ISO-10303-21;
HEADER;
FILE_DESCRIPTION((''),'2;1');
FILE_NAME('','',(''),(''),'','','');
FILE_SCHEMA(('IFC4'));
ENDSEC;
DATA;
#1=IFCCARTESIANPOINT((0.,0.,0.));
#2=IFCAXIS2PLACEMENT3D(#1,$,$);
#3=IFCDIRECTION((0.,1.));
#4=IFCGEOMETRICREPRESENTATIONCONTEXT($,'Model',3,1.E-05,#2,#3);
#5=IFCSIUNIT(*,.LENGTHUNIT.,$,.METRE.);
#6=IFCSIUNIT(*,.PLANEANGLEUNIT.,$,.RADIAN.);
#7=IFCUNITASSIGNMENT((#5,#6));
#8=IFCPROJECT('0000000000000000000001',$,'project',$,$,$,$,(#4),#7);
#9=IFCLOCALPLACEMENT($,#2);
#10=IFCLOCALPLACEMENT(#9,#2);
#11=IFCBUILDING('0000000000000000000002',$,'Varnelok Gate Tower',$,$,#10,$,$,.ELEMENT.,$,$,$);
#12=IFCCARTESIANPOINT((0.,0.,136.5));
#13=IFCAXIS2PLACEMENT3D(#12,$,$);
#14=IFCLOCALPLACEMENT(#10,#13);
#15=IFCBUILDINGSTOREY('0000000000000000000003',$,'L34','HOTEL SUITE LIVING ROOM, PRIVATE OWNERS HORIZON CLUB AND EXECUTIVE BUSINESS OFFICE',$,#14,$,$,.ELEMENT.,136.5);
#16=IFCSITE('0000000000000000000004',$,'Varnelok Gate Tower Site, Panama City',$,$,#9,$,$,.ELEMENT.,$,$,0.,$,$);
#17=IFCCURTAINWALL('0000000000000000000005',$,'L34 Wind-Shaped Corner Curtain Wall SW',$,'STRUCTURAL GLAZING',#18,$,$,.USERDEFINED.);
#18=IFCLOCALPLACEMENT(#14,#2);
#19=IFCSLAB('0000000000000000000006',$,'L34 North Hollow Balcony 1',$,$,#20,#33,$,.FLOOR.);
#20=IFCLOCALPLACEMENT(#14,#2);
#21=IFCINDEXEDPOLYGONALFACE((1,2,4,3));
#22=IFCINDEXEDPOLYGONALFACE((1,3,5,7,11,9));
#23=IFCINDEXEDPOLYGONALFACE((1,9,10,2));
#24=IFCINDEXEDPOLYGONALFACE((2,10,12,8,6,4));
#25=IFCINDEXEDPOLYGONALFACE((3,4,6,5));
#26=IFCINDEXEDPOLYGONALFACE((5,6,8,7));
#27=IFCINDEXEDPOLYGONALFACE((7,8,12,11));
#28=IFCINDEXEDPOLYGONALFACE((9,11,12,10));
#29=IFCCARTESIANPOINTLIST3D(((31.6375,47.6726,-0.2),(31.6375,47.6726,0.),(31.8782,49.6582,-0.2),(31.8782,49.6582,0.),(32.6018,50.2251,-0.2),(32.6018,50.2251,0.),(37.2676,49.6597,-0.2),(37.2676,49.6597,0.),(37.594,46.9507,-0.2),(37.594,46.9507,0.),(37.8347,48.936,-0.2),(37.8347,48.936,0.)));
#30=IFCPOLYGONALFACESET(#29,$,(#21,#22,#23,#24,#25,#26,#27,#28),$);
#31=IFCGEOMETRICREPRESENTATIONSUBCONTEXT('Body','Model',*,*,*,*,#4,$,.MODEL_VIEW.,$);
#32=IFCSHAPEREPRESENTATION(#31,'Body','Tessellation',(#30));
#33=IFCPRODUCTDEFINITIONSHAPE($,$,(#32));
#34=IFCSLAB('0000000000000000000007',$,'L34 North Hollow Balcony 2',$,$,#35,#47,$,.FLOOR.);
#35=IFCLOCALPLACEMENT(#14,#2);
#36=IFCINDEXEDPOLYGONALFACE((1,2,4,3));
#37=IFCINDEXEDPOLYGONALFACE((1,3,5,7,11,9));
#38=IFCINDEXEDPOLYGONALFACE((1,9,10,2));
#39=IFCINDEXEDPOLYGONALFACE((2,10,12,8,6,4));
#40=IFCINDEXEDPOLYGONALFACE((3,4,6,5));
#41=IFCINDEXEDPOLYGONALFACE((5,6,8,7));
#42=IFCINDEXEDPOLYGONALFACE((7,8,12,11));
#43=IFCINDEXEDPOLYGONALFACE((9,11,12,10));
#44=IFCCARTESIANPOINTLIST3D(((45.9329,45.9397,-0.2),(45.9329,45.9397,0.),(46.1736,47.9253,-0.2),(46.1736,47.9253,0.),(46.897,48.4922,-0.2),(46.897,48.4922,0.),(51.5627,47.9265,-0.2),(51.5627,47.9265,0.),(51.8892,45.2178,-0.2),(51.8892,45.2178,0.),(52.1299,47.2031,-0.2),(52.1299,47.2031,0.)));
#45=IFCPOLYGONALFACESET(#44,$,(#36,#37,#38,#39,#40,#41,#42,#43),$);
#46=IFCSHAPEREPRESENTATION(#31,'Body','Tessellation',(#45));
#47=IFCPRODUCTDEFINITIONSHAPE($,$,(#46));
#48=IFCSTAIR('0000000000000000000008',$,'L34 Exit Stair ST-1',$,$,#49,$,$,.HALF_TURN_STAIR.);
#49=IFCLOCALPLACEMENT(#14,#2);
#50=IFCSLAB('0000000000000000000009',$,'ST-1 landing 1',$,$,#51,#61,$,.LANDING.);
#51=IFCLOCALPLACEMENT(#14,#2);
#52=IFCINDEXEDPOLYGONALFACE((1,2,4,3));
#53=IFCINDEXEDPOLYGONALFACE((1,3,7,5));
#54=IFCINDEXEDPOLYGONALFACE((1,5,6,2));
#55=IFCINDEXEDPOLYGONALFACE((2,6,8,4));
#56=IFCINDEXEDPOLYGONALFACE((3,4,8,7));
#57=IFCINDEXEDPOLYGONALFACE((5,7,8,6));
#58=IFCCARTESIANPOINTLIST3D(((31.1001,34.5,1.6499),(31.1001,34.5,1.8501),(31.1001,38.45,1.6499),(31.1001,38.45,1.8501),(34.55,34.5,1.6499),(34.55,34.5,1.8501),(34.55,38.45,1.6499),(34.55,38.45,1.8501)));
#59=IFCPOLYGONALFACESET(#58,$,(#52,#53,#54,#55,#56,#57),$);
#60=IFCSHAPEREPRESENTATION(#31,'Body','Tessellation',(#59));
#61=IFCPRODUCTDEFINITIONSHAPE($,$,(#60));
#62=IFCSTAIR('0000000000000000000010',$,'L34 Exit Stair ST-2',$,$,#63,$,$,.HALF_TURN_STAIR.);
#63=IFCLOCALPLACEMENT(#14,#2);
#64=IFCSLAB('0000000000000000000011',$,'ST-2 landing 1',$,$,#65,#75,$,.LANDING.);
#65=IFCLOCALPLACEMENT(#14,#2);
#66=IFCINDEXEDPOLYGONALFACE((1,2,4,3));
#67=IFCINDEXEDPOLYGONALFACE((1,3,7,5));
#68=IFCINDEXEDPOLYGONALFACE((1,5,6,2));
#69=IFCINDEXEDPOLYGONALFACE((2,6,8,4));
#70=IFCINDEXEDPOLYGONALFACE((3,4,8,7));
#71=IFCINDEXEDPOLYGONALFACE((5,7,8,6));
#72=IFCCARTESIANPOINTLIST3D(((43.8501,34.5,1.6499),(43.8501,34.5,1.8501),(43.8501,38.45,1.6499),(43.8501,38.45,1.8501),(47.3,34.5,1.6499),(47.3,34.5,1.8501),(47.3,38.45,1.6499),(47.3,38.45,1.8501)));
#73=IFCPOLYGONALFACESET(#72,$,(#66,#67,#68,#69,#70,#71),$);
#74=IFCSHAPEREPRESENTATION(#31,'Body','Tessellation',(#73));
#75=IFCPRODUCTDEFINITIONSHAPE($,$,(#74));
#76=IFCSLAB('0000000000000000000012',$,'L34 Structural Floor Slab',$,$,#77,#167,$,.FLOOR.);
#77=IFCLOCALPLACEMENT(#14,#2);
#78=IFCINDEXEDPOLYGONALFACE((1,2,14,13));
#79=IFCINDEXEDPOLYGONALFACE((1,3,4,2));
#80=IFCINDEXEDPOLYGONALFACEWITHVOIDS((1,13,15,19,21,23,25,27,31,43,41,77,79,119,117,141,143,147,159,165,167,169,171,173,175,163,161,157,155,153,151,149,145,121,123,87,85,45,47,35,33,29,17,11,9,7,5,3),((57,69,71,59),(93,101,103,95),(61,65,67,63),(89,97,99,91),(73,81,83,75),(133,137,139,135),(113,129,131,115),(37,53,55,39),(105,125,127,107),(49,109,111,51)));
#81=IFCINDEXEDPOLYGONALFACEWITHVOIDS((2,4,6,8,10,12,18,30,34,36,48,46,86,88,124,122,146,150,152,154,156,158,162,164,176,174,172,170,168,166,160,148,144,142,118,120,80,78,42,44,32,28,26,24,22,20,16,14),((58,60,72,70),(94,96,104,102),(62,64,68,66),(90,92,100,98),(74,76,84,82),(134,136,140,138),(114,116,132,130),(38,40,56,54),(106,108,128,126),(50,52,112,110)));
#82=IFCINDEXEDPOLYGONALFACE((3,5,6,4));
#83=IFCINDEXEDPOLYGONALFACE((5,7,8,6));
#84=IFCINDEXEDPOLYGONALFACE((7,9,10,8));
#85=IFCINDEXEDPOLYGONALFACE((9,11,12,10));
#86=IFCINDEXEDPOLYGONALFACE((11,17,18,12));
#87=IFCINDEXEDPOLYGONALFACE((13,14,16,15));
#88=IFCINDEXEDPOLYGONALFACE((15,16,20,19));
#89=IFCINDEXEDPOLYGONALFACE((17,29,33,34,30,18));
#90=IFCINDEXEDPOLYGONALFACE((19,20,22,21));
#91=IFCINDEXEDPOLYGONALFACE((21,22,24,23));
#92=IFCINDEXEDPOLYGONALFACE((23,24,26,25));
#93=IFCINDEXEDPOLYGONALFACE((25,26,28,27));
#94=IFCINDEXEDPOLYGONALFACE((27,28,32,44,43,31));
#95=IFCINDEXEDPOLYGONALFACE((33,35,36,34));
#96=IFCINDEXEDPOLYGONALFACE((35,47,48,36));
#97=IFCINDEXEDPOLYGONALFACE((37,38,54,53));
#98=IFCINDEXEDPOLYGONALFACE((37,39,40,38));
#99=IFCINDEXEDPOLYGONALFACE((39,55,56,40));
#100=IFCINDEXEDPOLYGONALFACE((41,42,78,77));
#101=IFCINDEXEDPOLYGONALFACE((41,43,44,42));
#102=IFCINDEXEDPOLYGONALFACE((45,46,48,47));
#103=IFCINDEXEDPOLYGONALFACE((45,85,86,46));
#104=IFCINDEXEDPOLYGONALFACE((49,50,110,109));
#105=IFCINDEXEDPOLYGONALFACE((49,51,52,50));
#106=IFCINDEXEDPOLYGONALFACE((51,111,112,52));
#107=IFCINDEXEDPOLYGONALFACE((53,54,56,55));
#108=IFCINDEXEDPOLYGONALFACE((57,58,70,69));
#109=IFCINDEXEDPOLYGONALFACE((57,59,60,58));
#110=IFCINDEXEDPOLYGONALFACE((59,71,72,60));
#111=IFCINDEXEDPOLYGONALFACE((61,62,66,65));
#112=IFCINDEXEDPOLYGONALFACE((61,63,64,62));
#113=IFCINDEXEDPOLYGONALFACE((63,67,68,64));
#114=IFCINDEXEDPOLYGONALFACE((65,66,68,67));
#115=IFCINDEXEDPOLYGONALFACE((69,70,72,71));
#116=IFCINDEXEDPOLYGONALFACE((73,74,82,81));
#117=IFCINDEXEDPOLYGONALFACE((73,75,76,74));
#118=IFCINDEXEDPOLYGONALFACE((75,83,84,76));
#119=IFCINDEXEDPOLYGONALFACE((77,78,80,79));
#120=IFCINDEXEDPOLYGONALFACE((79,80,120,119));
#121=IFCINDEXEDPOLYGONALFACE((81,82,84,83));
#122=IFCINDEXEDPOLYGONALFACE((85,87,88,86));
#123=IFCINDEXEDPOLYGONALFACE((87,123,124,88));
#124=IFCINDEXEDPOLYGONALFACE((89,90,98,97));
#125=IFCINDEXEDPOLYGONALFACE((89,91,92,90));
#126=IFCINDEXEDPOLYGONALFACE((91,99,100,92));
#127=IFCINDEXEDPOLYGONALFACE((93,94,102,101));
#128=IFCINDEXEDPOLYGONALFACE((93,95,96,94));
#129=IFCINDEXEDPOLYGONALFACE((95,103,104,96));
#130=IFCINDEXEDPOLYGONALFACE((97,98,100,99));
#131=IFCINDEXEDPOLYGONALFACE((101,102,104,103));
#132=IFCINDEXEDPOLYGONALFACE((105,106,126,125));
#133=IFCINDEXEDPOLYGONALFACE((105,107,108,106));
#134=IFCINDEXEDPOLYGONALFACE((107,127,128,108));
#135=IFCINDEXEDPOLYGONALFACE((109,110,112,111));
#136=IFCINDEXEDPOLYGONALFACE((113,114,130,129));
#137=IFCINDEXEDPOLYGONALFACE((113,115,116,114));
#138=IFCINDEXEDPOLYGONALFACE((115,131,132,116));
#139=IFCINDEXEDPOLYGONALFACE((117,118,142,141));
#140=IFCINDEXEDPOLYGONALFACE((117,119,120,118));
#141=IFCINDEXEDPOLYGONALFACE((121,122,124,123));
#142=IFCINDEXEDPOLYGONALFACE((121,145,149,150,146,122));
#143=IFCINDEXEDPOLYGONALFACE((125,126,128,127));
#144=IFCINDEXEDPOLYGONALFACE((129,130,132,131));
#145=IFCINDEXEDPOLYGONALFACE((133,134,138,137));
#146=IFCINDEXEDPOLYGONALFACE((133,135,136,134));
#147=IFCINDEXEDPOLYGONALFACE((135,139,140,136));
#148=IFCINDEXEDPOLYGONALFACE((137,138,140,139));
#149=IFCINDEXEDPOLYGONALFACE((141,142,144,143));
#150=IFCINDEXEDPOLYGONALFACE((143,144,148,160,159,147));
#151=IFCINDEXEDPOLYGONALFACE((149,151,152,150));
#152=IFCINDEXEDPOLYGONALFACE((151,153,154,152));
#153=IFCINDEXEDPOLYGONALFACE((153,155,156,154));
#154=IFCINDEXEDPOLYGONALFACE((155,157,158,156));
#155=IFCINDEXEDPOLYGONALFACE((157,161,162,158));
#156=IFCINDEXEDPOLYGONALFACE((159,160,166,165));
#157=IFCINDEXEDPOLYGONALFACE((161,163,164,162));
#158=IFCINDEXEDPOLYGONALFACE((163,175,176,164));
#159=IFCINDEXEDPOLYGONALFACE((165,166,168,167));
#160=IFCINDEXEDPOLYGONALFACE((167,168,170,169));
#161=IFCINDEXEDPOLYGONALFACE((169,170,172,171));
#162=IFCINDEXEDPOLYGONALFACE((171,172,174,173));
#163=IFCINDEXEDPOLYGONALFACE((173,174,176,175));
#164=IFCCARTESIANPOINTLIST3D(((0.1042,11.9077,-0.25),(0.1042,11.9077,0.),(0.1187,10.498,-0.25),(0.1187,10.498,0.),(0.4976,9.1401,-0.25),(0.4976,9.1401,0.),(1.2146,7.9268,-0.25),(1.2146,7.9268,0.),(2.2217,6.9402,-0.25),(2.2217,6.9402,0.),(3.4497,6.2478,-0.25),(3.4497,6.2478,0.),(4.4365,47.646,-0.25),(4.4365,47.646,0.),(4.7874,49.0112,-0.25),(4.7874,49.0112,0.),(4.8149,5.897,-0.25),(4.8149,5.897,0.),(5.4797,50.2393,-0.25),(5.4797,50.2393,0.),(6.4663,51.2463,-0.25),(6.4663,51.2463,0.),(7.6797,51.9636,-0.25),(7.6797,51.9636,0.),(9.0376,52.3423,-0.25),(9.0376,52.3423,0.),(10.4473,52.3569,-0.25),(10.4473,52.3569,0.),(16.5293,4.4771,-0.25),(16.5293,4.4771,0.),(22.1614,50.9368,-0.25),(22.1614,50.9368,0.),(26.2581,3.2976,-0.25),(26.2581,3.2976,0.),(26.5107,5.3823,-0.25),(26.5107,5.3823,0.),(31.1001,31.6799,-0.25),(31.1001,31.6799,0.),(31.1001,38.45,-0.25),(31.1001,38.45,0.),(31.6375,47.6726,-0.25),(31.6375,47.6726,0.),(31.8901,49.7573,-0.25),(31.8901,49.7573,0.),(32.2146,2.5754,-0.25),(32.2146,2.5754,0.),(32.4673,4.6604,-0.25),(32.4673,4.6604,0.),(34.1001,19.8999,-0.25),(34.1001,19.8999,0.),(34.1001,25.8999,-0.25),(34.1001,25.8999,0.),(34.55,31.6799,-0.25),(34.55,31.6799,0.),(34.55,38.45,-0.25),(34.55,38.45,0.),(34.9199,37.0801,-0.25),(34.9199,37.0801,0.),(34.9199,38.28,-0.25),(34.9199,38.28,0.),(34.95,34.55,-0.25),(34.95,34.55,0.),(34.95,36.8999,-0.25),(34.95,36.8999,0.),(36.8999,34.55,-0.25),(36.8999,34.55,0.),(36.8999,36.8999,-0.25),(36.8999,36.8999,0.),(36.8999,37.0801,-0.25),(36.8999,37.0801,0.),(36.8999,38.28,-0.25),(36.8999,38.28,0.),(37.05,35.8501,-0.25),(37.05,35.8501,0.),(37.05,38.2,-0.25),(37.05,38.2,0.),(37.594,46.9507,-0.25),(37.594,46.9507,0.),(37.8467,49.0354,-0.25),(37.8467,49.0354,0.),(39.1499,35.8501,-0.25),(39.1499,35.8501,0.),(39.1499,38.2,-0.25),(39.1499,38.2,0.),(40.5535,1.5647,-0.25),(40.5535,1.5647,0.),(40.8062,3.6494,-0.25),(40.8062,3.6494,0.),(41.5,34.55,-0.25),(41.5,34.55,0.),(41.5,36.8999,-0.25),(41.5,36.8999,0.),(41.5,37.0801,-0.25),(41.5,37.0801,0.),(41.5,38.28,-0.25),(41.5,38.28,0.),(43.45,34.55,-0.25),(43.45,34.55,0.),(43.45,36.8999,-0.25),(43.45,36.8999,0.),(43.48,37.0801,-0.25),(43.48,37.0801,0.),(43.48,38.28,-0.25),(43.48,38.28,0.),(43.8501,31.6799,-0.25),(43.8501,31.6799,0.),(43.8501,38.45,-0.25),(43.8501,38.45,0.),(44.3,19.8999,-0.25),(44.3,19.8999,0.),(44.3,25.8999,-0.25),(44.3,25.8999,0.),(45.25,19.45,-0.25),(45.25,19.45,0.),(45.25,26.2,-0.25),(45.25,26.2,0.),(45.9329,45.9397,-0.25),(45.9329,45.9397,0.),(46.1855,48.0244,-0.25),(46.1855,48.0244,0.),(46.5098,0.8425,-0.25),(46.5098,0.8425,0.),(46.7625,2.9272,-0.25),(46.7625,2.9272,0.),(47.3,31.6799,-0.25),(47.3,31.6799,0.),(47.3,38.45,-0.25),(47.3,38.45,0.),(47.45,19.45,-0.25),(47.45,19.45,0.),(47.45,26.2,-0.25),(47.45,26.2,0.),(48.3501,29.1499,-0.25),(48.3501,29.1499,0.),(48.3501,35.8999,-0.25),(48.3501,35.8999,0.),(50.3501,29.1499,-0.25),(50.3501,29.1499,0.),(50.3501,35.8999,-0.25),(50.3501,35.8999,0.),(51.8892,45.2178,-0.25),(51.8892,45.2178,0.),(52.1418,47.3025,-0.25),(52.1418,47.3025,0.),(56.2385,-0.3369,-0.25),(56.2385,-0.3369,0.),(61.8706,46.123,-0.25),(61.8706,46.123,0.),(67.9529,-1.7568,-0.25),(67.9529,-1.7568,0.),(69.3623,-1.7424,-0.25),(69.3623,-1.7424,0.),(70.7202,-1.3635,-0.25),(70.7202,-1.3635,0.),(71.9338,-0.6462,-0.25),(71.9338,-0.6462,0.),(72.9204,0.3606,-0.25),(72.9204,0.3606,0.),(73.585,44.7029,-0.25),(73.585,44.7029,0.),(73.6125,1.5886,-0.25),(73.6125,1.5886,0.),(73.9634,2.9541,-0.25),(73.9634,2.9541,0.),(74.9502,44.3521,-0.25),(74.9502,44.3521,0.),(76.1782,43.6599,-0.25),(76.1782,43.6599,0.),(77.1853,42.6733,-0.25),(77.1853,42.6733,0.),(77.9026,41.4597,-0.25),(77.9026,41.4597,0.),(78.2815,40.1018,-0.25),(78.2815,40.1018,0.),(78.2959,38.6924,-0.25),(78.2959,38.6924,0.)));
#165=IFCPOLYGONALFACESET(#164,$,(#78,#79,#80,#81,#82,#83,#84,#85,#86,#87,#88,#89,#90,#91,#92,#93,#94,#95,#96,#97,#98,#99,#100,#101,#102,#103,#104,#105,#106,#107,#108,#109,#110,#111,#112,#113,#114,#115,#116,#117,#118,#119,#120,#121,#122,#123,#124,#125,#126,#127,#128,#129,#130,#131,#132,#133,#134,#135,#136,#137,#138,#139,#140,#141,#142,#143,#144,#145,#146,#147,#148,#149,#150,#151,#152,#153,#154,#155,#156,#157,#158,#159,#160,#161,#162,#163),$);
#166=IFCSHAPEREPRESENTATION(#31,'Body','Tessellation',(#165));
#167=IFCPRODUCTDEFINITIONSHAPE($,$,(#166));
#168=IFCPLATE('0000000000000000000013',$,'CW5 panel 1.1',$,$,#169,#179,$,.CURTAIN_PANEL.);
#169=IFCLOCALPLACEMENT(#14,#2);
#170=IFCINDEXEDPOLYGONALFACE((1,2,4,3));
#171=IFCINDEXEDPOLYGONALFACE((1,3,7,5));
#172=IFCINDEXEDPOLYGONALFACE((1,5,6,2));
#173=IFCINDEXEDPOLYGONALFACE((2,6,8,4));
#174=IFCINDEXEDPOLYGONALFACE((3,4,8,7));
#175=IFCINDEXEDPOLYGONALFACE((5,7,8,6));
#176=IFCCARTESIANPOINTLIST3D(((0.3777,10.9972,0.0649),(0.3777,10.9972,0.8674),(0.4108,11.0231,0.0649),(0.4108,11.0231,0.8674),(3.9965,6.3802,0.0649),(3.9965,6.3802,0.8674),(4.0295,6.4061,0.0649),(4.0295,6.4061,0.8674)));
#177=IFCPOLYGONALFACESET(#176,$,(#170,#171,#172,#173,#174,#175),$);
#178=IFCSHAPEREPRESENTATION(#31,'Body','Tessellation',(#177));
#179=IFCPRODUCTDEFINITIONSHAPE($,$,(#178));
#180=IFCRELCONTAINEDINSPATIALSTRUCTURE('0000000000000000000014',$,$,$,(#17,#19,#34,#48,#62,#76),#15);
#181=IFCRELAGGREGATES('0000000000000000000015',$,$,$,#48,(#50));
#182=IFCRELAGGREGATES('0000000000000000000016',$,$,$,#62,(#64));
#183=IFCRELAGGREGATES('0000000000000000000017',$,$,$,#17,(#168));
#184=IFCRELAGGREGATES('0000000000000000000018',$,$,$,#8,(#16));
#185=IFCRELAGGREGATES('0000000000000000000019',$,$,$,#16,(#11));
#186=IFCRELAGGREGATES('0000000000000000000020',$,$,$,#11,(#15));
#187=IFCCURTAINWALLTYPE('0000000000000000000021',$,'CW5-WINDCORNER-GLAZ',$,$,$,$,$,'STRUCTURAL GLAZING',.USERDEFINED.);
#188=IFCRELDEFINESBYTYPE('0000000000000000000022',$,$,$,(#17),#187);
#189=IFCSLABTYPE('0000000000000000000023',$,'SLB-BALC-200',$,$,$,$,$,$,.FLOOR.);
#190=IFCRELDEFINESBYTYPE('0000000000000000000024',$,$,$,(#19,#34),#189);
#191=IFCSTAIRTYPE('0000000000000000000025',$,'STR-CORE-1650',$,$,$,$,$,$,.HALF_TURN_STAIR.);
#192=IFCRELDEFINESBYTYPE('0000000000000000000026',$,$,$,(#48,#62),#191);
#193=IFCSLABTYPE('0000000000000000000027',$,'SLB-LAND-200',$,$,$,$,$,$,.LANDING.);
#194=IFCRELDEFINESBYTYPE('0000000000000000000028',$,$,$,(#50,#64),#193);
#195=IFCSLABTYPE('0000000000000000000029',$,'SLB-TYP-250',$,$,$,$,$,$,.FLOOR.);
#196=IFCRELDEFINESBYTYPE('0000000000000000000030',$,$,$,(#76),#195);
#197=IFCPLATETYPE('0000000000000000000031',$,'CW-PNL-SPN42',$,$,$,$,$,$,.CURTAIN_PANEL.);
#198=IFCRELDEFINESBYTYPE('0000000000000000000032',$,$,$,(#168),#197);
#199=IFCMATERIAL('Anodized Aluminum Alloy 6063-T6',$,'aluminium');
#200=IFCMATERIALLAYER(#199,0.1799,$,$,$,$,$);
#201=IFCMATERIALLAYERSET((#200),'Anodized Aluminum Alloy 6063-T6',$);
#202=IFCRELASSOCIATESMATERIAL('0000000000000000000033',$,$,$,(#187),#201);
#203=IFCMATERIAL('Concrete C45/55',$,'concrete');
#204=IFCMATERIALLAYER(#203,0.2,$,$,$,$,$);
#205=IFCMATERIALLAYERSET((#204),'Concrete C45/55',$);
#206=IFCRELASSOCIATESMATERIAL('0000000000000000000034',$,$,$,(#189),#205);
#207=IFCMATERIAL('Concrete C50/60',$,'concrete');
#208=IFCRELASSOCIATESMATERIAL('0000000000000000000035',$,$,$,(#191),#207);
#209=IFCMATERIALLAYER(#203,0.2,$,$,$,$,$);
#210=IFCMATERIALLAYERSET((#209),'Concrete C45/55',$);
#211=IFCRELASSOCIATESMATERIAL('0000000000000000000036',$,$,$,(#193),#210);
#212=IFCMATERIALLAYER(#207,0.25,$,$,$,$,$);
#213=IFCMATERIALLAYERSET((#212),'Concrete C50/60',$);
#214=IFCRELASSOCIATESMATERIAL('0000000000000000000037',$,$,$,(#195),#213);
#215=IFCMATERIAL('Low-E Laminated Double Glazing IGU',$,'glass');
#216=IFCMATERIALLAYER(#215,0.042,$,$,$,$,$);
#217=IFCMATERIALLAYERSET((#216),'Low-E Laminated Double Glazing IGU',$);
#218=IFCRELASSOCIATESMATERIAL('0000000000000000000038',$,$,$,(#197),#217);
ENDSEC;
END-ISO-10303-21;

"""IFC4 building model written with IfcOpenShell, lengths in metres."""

from ifc_helpers import new_model, si_unit, direction, frame, origin, origin_2d, place, context, subcontext, project, spatial, polyline, rectangle, outline, extrude, source, transform, mapped, material, layer, layer_set, type_object, element, aggregate, save


model = new_model("IFC4")

# Units and contexts
model_context = context("Model", 3, precision=1e-05, world=origin(), true_north=direction((0.0, 1.0)))
body_context = subcontext(model_context, "Body", "Model", "MODEL_VIEW")
ifc_project = project(units=[si_unit("LENGTHUNIT", "METRE"), si_unit("PLANEANGLEUNIT", "RADIAN")], contexts=[model_context])

# Site, building, storey
site_placement = place(None, origin())
site = spatial("IfcSite", under=ifc_project, at=site_placement, Name="Varnelok Gate Tower Site, Panama City", CompositionType="ELEMENT", RefElevation=0.0)
building_placement = place(site_placement, origin())
building = spatial("IfcBuilding", under=site, at=building_placement, Name="Varnelok Gate Tower", CompositionType="ELEMENT")
storey_placement = place(building_placement, frame((0.0, 0.0, 136.5)))
storey = spatial("IfcBuildingStorey", under=building, at=storey_placement, Name="L34", Description="HOTEL SUITE LIVING ROOM, PRIVATE OWNERS HORIZON CLUB AND EXECUTIVE BUSINESS OFFICE", CompositionType="ELEMENT", Elevation=136.5)

# Curtain wall
ifc_material_1 = material(Name="Anodized Aluminum Alloy 6063-T6", Category="aluminium")
ifc_layer_1 = layer(ifc_material_1, 0.1799)
ifc_layer_set_1 = layer_set([ifc_layer_1], Name="Anodized Aluminum Alloy 6063-T6")
curtain_wall_type = type_object("IfcCurtainWallType", Name="CW5-WINDCORNER-GLAZ", ElementType="STRUCTURAL GLAZING", PredefinedType="USERDEFINED", material=ifc_layer_set_1)
curtain_wall_placement = place(storey_placement, origin())
curtain_wall = element("IfcCurtainWall", 1, at=curtain_wall_placement, inside=storey, type_object=curtain_wall_type, Name="L34 Wind-Shaped Corner Curtain Wall SW", ObjectType="STRUCTURAL GLAZING", PredefinedType="USERDEFINED")

# Slabs
ifc_material_2 = material(Name="Concrete C45/55", Category="concrete")
ifc_layer_2 = layer(ifc_material_2, 0.2)
ifc_layer_set_2 = layer_set([ifc_layer_2], Name="Concrete C45/55")
slab_type_1 = type_object("IfcSlabType", Name="SLB-BALC-200", PredefinedType="FLOOR", material=ifc_layer_set_2)
slab_1_placement = place(storey_placement, frame((0.0, 0.0, -0.2)))
element("IfcSlab", 2, at=slab_1_placement, inside=storey, type_object=slab_type_1, Name="L34 North Hollow Balcony 1", PredefinedType="FLOOR", context=body_context, shape_type="SweptSolid", body=[
    extrude(outline(polyline([(31.6375, 47.6726), (37.594, 46.9507), (37.8347, 48.936), (37.2676, 49.6597), (32.6018, 50.2251), (31.8782, 49.6582), (31.6375, 47.6726)])), origin(), (0.0, 0.0, 1.0), 0.2),
])
slab_2_placement = place(storey_placement, frame((0.0, 0.0, -0.2)))
element("IfcSlab", 3, at=slab_2_placement, inside=storey, type_object=slab_type_1, Name="L34 North Hollow Balcony 2", PredefinedType="FLOOR", context=body_context, shape_type="SweptSolid", body=[
    extrude(outline(polyline([(45.9329, 45.9397), (51.8892, 45.2178), (52.1299, 47.2031), (51.5627, 47.9265), (46.897, 48.4922), (46.1736, 47.9253), (45.9329, 45.9397)])), origin(), (0.0, 0.0, 1.0), 0.2),
])

# Stairs, slabs
ifc_material_3 = material(Name="Concrete C50/60", Category="concrete")
stair_type = type_object("IfcStairType", Name="STR-CORE-1650", PredefinedType="HALF_TURN_STAIR", material=ifc_material_3)
stair_1_placement = place(storey_placement, origin())
stair_1 = element("IfcStair", 4, at=stair_1_placement, inside=storey, type_object=stair_type, Name="L34 Exit Stair ST-1", PredefinedType="HALF_TURN_STAIR")
ifc_layer_3 = layer(ifc_material_2, 0.2)
ifc_layer_set_3 = layer_set([ifc_layer_3], Name="Concrete C45/55")
slab_type_2 = type_object("IfcSlabType", Name="SLB-LAND-200", PredefinedType="LANDING", material=ifc_layer_set_3)
slab_3_placement = place(storey_placement, frame((0.0, 0.0, 1.6499)))
slab_3 = element("IfcSlab", 5, at=slab_3_placement, type_object=slab_type_2, Name="ST-1 landing 1", PredefinedType="LANDING", context=body_context, shape_type="SweptSolid", body=[
    extrude(outline(polyline([(34.55, 34.5), (34.55, 38.45), (31.1001, 38.45), (31.1001, 34.5), (34.55, 34.5)])), origin(), (0.0, 0.0, 1.0), 0.2002),
])
aggregate(stair_1, [slab_3])
stair_2_placement = place(storey_placement, origin())
stair_2 = element("IfcStair", 6, at=stair_2_placement, inside=storey, type_object=stair_type, Name="L34 Exit Stair ST-2", PredefinedType="HALF_TURN_STAIR")
slab_4_placement = place(storey_placement, frame((0.0, 0.0, 1.6499)))
slab_4 = element("IfcSlab", 7, at=slab_4_placement, type_object=slab_type_2, Name="ST-2 landing 1", PredefinedType="LANDING", context=body_context, shape_type="SweptSolid", body=[
    extrude(outline(polyline([(47.3, 34.5), (47.3, 38.45), (43.8501, 38.45), (43.8501, 34.5), (47.3, 34.5)])), origin(), (0.0, 0.0, 1.0), 0.2002),
])
aggregate(stair_2, [slab_4])

# Slab
ifc_layer_4 = layer(ifc_material_3, 0.25)
ifc_layer_set_4 = layer_set([ifc_layer_4], Name="Concrete C50/60")
slab_type_3 = type_object("IfcSlabType", Name="SLB-TYP-250", PredefinedType="FLOOR", material=ifc_layer_set_4)
slab_5_placement = place(storey_placement, frame((0.0, 0.0, -0.25)))
element("IfcSlab", 8, at=slab_5_placement, inside=storey, type_object=slab_type_3, Name="L34 Structural Floor Slab", PredefinedType="FLOOR", context=body_context, shape_type="SweptSolid", body=[
    extrude(outline(polyline([(0.1042, 11.9077), (0.1187, 10.498), (0.4976, 9.1401), (1.2146, 7.9268), (2.2217, 6.9402), (3.4497, 6.2478), (4.8149, 5.897), (16.5293, 4.4771), (26.2581, 3.2976), (26.5107, 5.3823), (32.4673, 4.6604), (32.2146, 2.5754), (40.5535, 1.5647), (40.8062, 3.6494), (46.7625, 2.9272), (46.5098, 0.8425), (56.2385, -0.3369), (67.9529, -1.7568), (69.3623, -1.7424), (70.7202, -1.3635), (71.9338, -0.6462), (72.9204, 0.3606), (73.6125, 1.5886), (73.9634, 2.9541), (78.2959, 38.6924), (78.2815, 40.1018), (77.9026, 41.4597), (77.1853, 42.6733), (76.1782, 43.6599), (74.9502, 44.3521), (73.585, 44.7029), (61.8706, 46.123), (52.1418, 47.3025), (51.8892, 45.2178), (45.9329, 45.9397), (46.1855, 48.0244), (37.8467, 49.0354), (37.594, 46.9507), (31.6375, 47.6726), (31.8901, 49.7573), (22.1614, 50.9368), (10.4473, 52.3569), (9.0376, 52.3423), (7.6797, 51.9636), (6.4663, 51.2463), (5.4797, 50.2393), (4.7874, 49.0112), (4.4365, 47.646), (0.1042, 11.9077)]), holes=[polyline([(34.55, 31.6799), (34.55, 38.45), (31.1001, 38.45), (31.1001, 31.6799), (34.55, 31.6799)]), polyline([(47.3, 31.6799), (47.3, 38.45), (43.8501, 38.45), (43.8501, 31.6799), (47.3, 31.6799)]), polyline([(34.95, 34.55), (36.8999, 34.55), (36.8999, 36.8999), (34.95, 36.8999), (34.95, 34.55)]), polyline([(41.5, 34.55), (43.45, 34.55), (43.45, 36.8999), (41.5, 36.8999), (41.5, 34.55)]), polyline([(37.05, 35.8501), (39.1499, 35.8501), (39.1499, 38.2), (37.05, 38.2), (37.05, 35.8501)]), polyline([(48.3501, 29.1499), (50.3501, 29.1499), (50.3501, 35.8999), (48.3501, 35.8999), (48.3501, 29.1499)]), polyline([(45.25, 19.45), (47.45, 19.45), (47.45, 26.2), (45.25, 26.2), (45.25, 19.45)]), polyline([(34.9199, 37.0801), (36.8999, 37.0801), (36.8999, 38.28), (34.9199, 38.28), (34.9199, 37.0801)]), polyline([(41.5, 37.0801), (43.48, 37.0801), (43.48, 38.28), (41.5, 38.28), (41.5, 37.0801)]), polyline([(34.1001, 19.8999), (44.3, 19.8999), (44.3, 25.8999), (34.1001, 25.8999), (34.1001, 19.8999)])]), origin(), (0.0, 0.0, 1.0), 0.25),
])

# Plate
ifc_material_4 = material(Name="Low-E Laminated Double Glazing IGU", Category="glass")
ifc_layer_5 = layer(ifc_material_4, 0.042)
ifc_layer_set_5 = layer_set([ifc_layer_5], Name="Low-E Laminated Double Glazing IGU")
plate_type = type_object("IfcPlateType", Name="CW-PNL-SPN42", PredefinedType="CURTAIN_PANEL", material=ifc_layer_set_5)
shared_shape_1 = source(origin(), body_context, "Body", "SweptSolid", [
    extrude(rectangle(XDim=5.8662, YDim=0.042, at=origin_2d()), origin(), (0.0, 0.0, 1.0), 0.8025),
])
plate_1_placement = place(storey_placement, frame((2.2036, 8.7017, 0.0649), z_axis=(0.0, 0.0, 1.0), x_axis=(0.616883, -0.787055, 0.0)))
plate_1 = element("IfcPlate", 9, at=plate_1_placement, type_object=plate_type, Name="CW5 panel 1.1", PredefinedType="CURTAIN_PANEL", context=body_context, shape_type="MappedRepresentation", body=[
    mapped(shared_shape_1, transform((0.0, 0.0, 0.0), scale=1.0)),
])
aggregate(curtain_wall, [plate_1])

save(model, "model.ifc")
